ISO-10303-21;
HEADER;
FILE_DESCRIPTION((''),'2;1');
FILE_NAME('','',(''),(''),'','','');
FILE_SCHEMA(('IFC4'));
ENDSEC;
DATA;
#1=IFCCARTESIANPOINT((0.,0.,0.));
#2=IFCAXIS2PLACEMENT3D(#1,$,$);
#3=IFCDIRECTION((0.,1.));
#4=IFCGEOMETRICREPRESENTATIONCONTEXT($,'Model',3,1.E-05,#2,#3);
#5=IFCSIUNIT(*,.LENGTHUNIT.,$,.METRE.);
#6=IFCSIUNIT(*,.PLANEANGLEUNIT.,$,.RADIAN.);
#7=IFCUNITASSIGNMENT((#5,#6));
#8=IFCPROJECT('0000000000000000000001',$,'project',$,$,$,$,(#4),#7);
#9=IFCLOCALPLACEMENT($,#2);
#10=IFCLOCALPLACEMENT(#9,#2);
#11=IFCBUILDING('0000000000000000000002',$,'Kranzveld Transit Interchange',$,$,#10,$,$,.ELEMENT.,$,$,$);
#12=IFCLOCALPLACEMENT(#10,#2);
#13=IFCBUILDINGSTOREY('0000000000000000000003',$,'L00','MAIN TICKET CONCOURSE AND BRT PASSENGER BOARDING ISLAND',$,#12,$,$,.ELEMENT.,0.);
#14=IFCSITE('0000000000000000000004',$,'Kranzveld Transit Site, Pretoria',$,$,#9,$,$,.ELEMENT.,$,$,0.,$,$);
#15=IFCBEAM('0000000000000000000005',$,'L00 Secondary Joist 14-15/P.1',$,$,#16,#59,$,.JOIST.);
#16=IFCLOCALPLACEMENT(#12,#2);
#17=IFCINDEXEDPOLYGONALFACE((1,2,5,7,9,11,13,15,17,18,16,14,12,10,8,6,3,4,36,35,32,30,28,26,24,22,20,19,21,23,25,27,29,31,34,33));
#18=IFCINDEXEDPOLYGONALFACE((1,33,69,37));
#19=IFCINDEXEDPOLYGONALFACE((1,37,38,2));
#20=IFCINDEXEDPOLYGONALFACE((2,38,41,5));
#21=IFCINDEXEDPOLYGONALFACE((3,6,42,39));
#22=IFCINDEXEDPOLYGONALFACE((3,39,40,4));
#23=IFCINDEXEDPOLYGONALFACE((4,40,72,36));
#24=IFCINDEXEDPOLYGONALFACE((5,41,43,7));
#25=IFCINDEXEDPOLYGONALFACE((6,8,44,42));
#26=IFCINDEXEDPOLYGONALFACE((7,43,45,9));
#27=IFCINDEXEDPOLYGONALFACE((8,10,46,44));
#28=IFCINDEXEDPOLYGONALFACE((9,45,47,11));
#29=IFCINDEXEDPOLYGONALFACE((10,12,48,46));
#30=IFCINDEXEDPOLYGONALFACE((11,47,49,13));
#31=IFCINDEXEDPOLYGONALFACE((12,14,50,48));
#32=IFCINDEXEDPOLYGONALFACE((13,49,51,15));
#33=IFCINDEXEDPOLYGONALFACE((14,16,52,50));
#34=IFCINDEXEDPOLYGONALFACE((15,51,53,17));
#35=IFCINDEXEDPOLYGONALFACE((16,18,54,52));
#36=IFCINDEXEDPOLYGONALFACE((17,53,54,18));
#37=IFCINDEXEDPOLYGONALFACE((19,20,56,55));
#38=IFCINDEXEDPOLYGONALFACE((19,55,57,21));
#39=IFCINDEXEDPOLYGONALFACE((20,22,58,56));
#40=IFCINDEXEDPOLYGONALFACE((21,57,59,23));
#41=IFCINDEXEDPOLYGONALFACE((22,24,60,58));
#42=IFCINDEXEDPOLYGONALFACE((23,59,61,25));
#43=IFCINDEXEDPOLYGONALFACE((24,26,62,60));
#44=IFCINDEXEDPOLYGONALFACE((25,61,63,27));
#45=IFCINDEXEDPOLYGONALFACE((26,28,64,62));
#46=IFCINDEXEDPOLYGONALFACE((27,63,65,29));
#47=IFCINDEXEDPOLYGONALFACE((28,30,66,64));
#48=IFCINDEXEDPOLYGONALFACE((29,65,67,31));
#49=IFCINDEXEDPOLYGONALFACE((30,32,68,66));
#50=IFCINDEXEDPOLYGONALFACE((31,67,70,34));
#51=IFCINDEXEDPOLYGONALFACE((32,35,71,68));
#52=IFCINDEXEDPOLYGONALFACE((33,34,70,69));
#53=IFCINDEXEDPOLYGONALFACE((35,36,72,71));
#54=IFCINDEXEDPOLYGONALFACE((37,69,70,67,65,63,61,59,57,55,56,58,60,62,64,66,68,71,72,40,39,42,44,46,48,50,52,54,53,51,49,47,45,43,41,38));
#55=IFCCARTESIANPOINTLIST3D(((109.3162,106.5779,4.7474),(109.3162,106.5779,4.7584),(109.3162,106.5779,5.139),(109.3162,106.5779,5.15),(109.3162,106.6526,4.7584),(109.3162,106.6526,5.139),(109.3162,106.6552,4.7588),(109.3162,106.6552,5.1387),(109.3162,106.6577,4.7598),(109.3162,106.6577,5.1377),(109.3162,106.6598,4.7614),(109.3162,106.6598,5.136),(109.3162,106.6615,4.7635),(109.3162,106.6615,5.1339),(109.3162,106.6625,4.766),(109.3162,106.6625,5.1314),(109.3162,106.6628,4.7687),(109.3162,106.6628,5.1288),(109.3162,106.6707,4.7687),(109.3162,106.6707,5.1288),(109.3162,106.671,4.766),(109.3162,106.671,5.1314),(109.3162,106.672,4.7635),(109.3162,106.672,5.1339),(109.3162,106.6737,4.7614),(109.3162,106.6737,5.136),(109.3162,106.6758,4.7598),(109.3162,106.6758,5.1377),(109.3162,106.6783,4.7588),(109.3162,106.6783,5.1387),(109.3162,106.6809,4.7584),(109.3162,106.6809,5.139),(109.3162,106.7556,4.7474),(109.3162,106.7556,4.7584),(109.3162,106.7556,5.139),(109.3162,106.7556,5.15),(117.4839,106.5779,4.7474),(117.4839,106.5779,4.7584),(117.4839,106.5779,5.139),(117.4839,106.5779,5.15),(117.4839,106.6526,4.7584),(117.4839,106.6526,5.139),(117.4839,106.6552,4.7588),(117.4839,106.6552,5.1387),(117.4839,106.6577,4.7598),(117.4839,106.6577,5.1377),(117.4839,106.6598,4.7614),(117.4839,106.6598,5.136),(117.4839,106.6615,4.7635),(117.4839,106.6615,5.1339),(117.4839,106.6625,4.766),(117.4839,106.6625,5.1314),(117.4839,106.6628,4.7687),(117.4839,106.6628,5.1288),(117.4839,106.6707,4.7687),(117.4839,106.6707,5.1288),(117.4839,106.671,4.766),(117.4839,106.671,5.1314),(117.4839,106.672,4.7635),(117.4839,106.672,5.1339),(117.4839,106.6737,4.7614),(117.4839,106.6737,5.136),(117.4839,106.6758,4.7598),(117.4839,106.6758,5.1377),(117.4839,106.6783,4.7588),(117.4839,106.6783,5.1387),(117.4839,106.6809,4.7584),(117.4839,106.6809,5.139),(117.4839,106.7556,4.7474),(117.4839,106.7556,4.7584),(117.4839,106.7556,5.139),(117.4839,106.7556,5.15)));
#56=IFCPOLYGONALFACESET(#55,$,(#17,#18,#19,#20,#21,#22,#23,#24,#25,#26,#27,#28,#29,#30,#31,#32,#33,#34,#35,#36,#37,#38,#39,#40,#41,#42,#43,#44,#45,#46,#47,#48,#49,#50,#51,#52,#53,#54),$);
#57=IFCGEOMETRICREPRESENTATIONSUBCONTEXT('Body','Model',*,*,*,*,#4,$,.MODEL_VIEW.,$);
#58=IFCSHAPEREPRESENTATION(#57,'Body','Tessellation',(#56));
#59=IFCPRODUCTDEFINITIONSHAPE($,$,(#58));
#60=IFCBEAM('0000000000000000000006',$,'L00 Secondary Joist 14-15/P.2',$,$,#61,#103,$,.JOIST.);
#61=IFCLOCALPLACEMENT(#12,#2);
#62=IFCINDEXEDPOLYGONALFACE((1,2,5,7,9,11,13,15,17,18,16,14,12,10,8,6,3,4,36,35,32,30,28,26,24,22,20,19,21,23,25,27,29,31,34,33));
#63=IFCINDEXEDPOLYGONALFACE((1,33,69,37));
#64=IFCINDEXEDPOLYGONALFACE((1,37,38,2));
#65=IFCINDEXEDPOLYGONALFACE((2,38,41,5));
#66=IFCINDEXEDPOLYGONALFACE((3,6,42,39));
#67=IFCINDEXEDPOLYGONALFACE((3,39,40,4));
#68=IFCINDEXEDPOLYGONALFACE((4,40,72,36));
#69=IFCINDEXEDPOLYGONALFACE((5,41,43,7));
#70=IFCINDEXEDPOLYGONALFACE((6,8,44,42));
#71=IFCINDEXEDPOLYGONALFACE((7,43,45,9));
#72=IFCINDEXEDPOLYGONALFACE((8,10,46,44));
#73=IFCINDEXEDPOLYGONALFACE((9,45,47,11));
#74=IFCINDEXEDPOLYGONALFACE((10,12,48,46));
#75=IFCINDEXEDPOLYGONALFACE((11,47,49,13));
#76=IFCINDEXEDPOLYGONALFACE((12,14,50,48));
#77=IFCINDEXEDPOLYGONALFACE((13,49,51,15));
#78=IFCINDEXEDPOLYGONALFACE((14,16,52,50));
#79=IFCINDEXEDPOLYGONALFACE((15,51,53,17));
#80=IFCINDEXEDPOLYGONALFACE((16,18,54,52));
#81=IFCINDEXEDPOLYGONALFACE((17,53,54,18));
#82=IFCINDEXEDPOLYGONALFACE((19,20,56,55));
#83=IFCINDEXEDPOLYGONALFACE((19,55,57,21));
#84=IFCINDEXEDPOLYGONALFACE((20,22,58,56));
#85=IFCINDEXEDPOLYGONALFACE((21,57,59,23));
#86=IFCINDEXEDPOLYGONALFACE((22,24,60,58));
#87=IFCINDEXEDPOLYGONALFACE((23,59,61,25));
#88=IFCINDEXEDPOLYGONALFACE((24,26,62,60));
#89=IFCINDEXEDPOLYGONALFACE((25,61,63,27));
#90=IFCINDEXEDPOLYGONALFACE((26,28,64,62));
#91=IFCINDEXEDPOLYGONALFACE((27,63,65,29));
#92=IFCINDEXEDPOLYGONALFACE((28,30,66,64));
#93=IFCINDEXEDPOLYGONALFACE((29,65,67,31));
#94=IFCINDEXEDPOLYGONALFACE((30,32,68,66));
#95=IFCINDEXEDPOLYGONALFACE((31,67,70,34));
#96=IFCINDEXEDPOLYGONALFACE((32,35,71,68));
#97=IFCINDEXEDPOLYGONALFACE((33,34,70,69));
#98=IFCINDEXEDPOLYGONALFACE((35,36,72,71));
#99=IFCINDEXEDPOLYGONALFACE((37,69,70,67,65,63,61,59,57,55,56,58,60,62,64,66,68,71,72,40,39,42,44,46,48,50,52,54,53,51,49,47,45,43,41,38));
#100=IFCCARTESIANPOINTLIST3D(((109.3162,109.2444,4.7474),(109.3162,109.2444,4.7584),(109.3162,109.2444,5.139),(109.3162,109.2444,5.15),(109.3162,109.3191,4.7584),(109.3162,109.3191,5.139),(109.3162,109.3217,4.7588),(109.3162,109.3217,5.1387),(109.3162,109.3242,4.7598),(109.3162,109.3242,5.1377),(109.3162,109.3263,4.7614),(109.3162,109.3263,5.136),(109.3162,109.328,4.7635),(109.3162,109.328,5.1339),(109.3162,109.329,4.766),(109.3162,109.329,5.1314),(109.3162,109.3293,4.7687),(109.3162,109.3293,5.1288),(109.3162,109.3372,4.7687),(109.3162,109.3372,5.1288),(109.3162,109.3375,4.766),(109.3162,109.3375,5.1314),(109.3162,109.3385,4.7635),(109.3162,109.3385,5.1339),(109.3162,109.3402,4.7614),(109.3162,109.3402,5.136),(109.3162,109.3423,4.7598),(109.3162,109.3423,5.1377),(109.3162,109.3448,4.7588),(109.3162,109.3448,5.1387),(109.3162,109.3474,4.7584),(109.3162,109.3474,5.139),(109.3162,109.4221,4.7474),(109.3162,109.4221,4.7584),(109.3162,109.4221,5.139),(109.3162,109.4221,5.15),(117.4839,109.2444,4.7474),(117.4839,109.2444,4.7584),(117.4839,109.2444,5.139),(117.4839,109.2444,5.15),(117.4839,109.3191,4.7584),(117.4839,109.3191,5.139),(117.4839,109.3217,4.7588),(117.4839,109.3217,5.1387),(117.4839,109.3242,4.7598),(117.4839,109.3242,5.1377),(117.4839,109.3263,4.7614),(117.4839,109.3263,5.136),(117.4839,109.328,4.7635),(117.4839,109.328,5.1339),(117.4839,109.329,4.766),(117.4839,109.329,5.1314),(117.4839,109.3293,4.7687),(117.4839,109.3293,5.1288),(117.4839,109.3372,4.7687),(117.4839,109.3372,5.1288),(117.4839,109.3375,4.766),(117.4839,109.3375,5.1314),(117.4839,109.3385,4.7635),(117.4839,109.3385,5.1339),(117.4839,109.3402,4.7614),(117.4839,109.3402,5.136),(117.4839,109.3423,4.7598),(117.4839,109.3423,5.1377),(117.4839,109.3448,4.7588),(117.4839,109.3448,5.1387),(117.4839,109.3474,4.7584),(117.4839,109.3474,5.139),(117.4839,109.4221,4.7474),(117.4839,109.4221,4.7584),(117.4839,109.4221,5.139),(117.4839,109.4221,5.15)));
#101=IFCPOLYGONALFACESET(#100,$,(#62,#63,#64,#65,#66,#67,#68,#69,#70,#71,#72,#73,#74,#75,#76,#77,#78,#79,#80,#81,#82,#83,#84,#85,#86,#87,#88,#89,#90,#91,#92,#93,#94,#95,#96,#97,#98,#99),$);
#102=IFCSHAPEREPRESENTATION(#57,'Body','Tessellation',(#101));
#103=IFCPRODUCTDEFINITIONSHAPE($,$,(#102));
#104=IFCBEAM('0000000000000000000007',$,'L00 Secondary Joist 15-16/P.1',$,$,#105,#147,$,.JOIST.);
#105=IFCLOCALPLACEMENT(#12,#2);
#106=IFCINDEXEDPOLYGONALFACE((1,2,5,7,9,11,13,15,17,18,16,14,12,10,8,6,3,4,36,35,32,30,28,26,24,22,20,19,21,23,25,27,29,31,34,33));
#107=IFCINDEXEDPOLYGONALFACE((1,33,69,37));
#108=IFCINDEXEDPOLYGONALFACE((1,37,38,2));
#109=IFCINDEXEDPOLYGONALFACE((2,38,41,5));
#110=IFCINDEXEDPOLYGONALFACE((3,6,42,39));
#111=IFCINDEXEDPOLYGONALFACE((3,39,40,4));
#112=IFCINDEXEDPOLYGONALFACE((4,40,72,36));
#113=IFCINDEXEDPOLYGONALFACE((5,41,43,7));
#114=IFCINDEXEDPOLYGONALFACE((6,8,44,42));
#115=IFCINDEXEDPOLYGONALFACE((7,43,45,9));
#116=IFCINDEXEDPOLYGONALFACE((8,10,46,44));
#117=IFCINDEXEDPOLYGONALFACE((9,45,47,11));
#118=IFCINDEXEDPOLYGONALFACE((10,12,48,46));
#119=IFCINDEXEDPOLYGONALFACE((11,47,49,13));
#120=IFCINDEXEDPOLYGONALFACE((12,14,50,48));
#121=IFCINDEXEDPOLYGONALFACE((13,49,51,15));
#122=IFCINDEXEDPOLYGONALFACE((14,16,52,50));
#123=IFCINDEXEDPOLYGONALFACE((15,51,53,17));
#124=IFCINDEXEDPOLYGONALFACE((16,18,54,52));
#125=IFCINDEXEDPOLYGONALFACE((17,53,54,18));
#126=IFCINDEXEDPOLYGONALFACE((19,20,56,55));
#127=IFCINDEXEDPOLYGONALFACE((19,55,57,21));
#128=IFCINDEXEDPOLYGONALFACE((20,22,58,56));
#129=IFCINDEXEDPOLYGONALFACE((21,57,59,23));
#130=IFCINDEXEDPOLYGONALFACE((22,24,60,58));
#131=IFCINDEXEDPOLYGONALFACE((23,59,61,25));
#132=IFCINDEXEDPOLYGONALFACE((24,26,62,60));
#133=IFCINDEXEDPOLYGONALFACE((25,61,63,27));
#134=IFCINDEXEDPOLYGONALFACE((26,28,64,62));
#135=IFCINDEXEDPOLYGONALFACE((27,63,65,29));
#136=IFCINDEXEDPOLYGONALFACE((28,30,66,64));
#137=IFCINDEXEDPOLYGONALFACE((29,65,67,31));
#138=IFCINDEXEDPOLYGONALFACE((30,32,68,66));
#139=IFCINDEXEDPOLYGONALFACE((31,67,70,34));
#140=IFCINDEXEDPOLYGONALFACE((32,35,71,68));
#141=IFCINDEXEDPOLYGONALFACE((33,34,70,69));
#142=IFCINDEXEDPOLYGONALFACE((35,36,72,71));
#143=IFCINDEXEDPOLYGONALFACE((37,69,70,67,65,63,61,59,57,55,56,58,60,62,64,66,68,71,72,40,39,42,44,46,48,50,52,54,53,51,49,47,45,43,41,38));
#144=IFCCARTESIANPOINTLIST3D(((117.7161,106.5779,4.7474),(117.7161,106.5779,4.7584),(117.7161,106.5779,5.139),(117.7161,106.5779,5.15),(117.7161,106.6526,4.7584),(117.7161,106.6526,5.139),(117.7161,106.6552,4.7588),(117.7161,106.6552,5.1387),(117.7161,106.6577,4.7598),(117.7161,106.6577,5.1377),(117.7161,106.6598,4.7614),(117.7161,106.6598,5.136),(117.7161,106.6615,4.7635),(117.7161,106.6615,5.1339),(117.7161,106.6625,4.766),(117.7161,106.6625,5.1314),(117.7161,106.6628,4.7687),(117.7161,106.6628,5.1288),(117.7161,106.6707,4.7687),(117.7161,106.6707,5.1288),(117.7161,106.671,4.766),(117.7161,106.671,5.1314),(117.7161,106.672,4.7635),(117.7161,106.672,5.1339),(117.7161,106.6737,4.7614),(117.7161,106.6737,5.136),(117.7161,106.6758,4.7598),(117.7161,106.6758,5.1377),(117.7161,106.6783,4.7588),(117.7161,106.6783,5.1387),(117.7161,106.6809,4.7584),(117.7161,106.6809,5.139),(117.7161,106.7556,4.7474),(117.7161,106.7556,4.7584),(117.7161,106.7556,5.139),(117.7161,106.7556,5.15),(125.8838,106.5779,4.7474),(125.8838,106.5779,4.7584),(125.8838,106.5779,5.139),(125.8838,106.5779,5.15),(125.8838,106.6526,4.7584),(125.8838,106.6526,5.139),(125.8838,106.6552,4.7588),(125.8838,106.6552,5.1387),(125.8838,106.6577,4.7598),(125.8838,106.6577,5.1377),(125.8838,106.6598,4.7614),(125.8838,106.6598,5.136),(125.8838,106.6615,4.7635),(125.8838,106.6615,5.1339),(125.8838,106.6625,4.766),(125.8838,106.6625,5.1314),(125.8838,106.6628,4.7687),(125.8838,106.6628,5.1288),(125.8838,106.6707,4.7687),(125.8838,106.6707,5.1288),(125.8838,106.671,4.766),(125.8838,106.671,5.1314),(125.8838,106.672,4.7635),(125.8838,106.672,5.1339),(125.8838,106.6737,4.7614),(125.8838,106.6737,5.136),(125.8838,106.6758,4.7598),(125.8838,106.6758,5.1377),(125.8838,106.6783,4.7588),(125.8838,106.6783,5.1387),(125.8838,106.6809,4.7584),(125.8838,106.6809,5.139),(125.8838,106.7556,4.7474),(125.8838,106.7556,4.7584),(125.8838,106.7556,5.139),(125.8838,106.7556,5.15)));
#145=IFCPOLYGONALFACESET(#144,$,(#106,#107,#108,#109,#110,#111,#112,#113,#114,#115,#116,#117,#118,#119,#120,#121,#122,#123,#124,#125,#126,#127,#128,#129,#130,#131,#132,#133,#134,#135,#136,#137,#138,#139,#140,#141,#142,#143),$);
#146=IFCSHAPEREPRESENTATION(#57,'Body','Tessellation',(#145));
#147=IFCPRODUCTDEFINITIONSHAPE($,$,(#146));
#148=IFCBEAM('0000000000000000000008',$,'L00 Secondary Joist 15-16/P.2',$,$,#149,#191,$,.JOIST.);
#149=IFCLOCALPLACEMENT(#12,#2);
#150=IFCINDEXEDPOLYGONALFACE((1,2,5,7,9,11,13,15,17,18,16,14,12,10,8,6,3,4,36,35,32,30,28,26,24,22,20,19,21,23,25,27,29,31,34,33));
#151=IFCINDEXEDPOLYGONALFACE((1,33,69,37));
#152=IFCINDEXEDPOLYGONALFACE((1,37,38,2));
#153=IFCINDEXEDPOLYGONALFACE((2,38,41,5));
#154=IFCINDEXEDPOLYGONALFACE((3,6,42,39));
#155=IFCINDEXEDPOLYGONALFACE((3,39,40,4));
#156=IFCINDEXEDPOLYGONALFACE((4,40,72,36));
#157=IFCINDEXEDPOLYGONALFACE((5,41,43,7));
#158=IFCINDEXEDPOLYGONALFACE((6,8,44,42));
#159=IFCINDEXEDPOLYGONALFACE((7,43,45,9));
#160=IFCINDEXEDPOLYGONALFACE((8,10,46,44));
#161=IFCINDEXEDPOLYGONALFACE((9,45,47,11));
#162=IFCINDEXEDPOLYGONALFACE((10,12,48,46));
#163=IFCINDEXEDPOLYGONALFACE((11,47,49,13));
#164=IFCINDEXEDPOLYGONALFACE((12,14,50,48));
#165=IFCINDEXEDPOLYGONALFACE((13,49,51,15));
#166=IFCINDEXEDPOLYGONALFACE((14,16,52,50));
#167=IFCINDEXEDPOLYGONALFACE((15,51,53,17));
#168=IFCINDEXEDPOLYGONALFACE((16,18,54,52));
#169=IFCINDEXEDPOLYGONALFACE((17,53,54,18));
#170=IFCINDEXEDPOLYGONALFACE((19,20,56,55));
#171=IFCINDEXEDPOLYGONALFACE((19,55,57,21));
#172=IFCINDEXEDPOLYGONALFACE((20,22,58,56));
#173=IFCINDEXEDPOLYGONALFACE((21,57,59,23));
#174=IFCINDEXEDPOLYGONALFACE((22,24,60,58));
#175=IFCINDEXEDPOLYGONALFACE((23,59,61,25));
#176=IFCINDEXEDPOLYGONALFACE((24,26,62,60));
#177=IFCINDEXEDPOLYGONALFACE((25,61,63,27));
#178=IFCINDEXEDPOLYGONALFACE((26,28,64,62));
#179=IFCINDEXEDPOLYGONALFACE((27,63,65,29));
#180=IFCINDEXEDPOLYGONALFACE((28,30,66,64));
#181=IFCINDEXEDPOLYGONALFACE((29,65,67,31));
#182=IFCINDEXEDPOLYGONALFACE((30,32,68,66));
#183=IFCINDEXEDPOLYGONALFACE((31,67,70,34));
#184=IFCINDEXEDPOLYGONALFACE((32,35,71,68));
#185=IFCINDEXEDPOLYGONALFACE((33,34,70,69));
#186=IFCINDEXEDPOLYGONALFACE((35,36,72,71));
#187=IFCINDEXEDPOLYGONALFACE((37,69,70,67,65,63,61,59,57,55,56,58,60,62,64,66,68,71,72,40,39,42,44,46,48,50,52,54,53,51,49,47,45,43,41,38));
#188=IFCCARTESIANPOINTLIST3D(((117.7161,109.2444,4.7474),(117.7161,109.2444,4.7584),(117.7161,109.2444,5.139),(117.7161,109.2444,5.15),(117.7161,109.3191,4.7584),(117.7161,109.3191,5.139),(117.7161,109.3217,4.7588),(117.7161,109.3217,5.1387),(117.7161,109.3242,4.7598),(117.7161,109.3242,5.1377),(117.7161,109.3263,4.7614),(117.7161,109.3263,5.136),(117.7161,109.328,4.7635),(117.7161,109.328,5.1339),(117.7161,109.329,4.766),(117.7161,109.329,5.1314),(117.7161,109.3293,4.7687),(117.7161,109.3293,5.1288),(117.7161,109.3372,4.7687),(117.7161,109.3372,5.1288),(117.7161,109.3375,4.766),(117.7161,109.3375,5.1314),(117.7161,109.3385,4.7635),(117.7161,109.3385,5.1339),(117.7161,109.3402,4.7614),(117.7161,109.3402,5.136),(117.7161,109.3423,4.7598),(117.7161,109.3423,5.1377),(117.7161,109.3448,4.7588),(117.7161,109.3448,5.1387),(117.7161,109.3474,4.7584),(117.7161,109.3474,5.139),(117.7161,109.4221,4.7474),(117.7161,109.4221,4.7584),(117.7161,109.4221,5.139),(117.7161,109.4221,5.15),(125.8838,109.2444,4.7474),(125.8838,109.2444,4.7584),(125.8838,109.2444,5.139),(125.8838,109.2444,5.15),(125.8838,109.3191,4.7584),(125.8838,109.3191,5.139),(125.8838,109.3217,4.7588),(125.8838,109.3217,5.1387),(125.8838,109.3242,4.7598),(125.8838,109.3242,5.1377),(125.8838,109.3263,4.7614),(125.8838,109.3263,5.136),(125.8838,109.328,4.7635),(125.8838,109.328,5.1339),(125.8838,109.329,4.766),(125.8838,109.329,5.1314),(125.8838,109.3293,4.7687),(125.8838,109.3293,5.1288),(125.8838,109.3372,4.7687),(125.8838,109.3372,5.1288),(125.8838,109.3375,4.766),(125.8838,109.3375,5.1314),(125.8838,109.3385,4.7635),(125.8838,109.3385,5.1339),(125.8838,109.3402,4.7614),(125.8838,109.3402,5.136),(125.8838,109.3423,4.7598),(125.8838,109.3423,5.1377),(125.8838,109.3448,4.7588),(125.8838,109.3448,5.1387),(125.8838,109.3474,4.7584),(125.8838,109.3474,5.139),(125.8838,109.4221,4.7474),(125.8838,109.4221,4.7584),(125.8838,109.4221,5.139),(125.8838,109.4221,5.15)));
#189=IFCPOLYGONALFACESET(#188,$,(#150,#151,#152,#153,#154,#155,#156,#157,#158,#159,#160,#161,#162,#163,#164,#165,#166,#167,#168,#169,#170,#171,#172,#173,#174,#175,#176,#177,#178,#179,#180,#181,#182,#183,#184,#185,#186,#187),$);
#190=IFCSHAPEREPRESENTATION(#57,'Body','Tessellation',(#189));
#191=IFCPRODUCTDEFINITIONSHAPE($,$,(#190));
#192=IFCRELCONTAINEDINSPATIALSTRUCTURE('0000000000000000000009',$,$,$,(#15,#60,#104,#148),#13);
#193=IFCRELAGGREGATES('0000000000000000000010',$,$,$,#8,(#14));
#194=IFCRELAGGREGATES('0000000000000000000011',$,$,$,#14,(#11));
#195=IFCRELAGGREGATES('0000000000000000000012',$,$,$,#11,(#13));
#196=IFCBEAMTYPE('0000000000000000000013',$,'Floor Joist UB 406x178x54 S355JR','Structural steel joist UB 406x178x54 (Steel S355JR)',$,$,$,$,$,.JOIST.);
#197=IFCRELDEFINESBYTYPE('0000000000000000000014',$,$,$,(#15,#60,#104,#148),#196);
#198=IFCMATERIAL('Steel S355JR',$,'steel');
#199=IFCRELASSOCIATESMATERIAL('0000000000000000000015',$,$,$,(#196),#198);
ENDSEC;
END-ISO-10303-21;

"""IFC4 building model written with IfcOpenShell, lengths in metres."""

from ifc_helpers import new_model, si_unit, direction, frame, origin, origin_2d, place, context, subcontext, project, spatial, i_section, extrude, material, material_profile, profile_set, type_object, element, save


model = new_model("IFC4")

# Units and contexts
model_context = context("Model", 3, precision=1e-05, world=origin(), true_north=direction((0.0, 1.0)))
body_context = subcontext(model_context, "Body", "Model", "MODEL_VIEW")
ifc_project = project(units=[si_unit("LENGTHUNIT", "METRE"), si_unit("PLANEANGLEUNIT", "RADIAN")], contexts=[model_context])

# Site, building, storey
site_placement = place(None, origin())
site = spatial("IfcSite", under=ifc_project, at=site_placement, Name="Kranzveld Transit Site, Pretoria", CompositionType="ELEMENT", RefElevation=0.0)
building_placement = place(site_placement, origin())
building = spatial("IfcBuilding", under=site, at=building_placement, Name="Kranzveld Transit Interchange", CompositionType="ELEMENT")
storey_placement = place(building_placement, origin())
storey = spatial("IfcBuildingStorey", under=building, at=storey_placement, Name="L00", Description="MAIN TICKET CONCOURSE AND BRT PASSENGER BOARDING ISLAND", CompositionType="ELEMENT", Elevation=0.0)

# Beams
ifc_material_1 = material(Name="Steel S355JR", Category="steel")
ifc_material_profile_1 = material_profile(ifc_material_1, i_section(OverallWidth=0.1777, OverallDepth=0.4026, WebThickness=0.0078, FlangeThickness=0.011, FilletRadius=0.0103, at=origin_2d()), Name="UB 406x178x54")
ifc_profile_set_1 = profile_set([ifc_material_profile_1], Name="Steel S355JR")
beam_type_1 = type_object("IfcBeamType", Name="Floor Joist UB 406x178x54 S355JR", Description="Structural steel joist UB 406x178x54 (Steel S355JR)", PredefinedType="JOIST", material=ifc_profile_set_1)
for number, where, z_axis, x_axis, name in (
    (1, (109.3162, 106.6667, 4.9487), (1.0, 0.0, 0.0), (0.0, 1.0, 0.0), "L00 Secondary Joist 14-15/P.1"),
    (2, (109.3162, 109.3333, 4.9487), (1.0, 0.0, 0.0), (0.0, 1.0, 0.0), "L00 Secondary Joist 14-15/P.2"),
    (3, (117.7161, 106.6667, 4.9487), (1.0, 0.0, 0.0), (0.0, 1.0, 0.0), "L00 Secondary Joist 15-16/P.1"),
    (4, (117.7161, 109.3333, 4.9487), (1.0, 0.0, 0.0), (0.0, 1.0, 0.0), "L00 Secondary Joist 15-16/P.2"),
):
    element("IfcBeam", number, at=place(storey_placement, frame(where, z_axis=z_axis, x_axis=x_axis)), inside=storey, type_object=beam_type_1, Name=name, PredefinedType="JOIST", context=body_context, shape_type="SweptSolid", body=[
        extrude(i_section(OverallWidth=0.1777, OverallDepth=0.4026, WebThickness=0.0078, FlangeThickness=0.011, FilletRadius=0.0103, at=origin_2d()), origin(), (0.0, 0.0, 1.0), 8.1677),
    ])

save(model, "model.ifc")
